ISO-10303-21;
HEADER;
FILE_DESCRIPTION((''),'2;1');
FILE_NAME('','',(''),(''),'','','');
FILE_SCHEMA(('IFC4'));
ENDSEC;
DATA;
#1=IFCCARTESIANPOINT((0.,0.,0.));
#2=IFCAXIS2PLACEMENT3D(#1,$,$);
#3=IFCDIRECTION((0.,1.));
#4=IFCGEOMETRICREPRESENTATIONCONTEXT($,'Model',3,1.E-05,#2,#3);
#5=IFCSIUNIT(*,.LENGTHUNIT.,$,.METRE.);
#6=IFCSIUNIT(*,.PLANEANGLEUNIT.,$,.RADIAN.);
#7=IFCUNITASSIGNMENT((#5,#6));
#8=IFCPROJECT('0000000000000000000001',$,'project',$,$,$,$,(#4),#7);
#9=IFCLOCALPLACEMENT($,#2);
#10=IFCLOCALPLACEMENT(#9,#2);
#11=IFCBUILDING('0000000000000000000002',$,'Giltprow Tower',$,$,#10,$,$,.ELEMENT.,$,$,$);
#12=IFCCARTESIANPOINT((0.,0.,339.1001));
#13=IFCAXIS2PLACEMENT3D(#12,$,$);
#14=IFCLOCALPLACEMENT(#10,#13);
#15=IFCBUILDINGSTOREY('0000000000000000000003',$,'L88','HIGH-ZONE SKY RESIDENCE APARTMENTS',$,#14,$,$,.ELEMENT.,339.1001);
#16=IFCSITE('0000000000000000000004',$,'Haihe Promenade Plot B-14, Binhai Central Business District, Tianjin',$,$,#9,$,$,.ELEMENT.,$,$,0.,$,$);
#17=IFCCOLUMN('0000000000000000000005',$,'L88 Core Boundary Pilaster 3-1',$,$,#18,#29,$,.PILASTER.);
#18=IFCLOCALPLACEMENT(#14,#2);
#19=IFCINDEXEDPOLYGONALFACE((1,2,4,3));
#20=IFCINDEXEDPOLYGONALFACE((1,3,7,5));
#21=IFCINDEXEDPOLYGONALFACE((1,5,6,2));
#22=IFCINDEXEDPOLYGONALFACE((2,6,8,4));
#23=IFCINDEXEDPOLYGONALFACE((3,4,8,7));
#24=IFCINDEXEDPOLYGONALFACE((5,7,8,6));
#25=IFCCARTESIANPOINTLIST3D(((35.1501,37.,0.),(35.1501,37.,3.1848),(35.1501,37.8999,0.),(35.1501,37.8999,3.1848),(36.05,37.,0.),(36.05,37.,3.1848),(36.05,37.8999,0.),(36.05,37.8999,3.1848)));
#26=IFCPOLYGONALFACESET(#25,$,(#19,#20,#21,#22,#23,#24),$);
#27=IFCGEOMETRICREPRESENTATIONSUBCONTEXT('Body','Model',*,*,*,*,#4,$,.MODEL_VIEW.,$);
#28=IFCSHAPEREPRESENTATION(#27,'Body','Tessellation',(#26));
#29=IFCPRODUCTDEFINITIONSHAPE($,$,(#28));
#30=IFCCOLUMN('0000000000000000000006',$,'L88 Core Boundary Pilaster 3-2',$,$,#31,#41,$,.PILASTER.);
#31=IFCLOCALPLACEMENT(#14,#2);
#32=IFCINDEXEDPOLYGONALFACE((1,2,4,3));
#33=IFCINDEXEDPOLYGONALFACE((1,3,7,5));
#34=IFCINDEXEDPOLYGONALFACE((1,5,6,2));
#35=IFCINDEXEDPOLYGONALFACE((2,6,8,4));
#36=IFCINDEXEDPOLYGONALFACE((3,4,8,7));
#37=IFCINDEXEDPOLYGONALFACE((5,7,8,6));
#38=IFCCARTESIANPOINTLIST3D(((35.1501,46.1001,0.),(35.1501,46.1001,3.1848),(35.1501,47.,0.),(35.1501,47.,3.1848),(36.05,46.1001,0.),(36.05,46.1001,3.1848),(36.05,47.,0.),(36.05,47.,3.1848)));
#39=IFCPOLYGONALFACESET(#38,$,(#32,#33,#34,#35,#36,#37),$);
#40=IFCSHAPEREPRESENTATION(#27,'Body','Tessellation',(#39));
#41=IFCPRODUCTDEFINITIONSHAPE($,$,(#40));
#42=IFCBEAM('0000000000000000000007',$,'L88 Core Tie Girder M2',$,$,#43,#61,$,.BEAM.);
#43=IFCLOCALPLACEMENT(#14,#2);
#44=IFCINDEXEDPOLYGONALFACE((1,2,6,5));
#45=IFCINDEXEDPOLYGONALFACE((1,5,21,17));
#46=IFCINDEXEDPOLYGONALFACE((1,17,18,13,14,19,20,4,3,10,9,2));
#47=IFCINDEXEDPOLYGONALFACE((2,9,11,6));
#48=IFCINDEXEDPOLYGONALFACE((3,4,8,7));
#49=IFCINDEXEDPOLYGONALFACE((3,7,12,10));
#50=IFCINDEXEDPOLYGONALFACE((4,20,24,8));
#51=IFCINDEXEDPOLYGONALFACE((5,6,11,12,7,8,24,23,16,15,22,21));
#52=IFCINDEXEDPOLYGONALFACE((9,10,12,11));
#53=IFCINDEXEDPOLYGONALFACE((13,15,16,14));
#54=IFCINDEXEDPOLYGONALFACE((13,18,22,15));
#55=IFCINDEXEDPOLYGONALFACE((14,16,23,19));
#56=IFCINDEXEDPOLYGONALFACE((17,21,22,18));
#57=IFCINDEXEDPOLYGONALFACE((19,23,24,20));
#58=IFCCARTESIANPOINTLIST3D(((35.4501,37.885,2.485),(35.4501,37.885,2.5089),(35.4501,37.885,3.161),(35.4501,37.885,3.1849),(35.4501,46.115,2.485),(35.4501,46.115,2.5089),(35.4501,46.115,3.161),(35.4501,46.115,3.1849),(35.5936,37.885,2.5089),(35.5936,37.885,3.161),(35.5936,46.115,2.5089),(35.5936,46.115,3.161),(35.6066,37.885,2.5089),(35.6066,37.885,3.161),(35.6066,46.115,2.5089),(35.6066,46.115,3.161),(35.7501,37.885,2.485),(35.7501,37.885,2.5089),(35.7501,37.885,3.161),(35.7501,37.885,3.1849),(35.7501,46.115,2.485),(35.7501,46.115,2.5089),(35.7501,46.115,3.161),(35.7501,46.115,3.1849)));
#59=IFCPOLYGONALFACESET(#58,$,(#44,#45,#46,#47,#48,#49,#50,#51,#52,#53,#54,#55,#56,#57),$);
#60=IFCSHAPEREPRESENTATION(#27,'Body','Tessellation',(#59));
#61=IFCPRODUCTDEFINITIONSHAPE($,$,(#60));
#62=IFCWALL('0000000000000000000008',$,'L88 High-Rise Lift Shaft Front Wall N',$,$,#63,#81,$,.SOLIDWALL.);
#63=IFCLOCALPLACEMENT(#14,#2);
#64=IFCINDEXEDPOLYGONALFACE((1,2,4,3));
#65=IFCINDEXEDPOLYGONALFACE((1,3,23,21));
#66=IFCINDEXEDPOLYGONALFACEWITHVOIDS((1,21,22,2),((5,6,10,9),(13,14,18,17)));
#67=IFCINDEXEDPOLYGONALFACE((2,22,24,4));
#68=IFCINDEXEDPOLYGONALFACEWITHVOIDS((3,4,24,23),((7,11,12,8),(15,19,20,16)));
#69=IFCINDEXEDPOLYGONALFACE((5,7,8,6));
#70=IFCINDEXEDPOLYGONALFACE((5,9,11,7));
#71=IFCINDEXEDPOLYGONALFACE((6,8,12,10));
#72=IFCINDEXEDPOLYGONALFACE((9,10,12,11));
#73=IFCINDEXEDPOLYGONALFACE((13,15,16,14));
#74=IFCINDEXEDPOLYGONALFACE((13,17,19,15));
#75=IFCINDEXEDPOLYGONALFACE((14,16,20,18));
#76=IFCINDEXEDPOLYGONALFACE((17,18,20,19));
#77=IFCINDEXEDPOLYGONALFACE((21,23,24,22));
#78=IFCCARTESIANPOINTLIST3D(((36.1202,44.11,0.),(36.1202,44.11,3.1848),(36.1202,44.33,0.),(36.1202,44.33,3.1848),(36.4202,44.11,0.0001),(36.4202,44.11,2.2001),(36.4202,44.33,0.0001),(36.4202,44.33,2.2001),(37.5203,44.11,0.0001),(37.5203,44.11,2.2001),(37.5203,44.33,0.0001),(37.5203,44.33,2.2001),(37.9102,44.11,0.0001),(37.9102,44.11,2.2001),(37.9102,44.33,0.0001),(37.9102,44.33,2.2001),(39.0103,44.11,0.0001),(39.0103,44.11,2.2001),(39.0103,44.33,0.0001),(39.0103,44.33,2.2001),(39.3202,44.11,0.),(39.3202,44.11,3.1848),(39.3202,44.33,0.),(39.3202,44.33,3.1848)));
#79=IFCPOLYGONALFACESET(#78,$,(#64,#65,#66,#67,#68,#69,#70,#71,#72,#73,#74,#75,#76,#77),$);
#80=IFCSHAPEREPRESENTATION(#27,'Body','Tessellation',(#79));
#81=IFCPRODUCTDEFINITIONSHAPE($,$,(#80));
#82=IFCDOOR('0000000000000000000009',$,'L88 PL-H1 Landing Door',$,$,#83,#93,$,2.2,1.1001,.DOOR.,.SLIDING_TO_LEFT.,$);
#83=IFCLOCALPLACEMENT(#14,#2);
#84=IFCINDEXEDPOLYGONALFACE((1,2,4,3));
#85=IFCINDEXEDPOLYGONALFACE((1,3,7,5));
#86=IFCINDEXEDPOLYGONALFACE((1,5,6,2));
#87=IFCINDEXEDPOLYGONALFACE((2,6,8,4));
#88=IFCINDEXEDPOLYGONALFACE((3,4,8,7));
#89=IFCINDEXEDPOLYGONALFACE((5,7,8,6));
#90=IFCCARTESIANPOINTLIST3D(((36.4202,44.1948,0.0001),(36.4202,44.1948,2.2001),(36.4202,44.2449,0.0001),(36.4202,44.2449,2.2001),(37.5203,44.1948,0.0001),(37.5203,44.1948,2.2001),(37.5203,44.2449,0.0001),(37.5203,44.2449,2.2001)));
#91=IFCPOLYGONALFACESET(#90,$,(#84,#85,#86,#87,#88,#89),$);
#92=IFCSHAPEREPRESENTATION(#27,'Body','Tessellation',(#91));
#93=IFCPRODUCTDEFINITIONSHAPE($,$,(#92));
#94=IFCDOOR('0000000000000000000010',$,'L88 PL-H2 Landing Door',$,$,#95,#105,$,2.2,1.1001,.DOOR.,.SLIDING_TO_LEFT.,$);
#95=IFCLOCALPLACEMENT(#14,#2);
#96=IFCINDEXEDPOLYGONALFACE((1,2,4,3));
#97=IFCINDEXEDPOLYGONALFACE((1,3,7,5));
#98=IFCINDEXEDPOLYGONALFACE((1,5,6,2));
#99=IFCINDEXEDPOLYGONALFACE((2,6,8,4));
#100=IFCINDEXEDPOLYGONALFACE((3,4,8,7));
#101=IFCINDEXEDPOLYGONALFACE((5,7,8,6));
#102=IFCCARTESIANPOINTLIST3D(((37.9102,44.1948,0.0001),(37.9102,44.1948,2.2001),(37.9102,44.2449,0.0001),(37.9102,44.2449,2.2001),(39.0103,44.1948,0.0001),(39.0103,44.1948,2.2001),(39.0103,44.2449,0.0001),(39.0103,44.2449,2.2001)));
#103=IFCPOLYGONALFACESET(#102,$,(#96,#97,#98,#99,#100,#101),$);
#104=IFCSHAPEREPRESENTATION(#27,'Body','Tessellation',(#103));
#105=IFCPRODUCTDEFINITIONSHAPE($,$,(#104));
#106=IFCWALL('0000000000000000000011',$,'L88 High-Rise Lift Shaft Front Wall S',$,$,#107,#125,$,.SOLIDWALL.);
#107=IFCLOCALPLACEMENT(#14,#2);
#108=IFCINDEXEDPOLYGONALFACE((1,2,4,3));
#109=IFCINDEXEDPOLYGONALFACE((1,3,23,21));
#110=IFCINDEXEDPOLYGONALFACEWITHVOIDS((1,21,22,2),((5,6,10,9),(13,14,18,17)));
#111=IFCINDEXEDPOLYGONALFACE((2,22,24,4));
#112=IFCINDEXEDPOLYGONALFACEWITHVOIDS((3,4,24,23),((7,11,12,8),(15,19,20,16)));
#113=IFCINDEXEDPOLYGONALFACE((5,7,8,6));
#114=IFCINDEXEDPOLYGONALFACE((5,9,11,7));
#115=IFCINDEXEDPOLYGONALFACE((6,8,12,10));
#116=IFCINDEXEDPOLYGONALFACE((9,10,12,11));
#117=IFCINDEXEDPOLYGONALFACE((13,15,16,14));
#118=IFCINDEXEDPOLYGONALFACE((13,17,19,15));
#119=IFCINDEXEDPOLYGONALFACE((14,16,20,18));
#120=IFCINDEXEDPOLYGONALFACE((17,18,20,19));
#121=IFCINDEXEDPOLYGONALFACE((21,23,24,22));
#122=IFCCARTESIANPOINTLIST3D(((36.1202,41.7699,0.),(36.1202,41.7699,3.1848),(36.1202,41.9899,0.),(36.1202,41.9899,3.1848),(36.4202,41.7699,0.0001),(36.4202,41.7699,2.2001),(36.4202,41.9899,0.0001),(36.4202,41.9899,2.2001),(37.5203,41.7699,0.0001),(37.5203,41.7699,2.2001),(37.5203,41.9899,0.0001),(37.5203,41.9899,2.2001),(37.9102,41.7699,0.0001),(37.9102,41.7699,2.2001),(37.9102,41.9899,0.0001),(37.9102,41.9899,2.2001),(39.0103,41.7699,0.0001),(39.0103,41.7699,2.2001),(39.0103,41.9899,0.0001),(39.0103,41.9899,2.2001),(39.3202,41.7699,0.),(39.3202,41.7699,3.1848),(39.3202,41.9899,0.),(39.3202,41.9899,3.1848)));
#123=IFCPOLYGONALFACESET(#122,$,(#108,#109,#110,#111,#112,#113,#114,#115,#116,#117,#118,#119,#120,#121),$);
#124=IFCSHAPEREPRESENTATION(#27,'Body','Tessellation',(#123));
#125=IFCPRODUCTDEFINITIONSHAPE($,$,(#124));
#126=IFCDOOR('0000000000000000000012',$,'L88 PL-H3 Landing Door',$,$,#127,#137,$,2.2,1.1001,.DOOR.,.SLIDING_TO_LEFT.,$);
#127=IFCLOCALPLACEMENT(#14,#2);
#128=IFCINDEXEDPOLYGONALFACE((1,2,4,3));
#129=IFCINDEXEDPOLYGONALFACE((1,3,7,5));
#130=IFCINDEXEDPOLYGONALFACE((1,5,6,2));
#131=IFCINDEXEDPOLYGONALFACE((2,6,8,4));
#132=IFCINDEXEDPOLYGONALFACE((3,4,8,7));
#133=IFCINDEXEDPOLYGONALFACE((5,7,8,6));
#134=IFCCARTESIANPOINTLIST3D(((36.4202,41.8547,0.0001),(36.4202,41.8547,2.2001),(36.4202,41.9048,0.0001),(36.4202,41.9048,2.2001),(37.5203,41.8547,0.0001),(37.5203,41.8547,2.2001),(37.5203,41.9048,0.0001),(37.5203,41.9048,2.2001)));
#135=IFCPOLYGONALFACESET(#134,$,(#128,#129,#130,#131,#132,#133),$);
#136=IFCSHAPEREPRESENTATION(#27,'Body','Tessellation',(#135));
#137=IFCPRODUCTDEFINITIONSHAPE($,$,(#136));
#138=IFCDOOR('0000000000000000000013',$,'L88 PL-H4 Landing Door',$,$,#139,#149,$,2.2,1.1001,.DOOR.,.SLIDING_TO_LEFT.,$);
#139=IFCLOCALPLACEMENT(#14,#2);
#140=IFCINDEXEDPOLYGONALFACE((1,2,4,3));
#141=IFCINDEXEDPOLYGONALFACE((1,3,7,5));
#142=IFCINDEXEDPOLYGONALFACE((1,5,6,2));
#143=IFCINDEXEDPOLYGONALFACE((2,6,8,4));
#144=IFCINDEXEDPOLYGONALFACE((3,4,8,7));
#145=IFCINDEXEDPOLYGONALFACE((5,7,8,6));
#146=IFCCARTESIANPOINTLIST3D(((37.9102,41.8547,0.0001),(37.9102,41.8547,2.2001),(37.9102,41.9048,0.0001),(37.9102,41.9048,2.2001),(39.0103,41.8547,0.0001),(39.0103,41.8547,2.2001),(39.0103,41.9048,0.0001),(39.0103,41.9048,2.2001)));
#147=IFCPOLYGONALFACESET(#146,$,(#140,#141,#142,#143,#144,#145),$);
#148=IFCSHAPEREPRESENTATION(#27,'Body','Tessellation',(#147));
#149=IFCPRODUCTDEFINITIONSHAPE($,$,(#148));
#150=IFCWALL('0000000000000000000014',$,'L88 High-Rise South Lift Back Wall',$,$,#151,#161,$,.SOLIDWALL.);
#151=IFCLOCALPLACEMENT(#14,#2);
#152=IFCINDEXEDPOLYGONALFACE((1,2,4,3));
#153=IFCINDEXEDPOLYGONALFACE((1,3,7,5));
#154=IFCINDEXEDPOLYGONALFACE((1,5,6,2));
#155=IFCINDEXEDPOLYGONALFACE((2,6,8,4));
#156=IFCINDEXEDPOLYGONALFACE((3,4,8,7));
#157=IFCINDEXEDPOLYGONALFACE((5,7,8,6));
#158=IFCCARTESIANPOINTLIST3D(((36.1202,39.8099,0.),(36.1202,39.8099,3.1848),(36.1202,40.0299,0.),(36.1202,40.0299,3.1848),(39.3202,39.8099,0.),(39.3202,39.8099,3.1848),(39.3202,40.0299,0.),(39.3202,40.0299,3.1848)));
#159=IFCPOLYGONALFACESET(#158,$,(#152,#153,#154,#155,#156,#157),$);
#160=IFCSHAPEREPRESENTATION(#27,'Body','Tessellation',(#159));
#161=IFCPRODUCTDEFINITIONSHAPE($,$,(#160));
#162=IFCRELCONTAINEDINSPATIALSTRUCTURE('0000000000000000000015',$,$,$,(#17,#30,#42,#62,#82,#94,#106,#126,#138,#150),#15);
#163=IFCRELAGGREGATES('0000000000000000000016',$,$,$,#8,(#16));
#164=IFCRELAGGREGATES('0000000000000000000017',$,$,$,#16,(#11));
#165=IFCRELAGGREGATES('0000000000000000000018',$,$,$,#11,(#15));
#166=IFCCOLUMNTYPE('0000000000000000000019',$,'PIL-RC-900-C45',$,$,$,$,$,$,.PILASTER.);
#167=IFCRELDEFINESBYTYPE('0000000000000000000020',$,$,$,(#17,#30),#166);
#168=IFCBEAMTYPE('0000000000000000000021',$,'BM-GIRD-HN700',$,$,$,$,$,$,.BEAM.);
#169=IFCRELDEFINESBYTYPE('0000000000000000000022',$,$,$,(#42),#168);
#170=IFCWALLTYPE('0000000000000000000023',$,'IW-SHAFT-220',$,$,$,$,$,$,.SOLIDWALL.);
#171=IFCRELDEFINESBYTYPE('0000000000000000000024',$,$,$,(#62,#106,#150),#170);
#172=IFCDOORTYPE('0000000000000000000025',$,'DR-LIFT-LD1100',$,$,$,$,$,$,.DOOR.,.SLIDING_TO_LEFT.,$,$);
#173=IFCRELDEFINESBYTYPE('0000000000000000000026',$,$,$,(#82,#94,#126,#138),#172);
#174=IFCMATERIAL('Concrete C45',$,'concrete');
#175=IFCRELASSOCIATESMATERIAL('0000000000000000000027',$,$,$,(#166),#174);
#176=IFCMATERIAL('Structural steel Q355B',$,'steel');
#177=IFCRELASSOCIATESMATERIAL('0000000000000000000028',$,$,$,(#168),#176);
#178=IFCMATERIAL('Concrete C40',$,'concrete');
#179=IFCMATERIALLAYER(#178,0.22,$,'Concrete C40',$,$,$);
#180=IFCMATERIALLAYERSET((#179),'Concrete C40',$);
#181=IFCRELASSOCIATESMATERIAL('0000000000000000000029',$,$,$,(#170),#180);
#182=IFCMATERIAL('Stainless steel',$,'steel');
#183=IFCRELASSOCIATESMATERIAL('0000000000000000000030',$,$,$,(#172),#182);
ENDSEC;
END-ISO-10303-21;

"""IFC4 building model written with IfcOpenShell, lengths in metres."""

from ifc_helpers import new_model, si_unit, direction, frame, frame_2d, origin, origin_2d, place, context, subcontext, project, spatial, rectangle, i_section, extrude, source, transform, mapped, material, layer, layer_set, material_profile, profile_set, type_object, element, fill, save


model = new_model("IFC4")

# Units and contexts
model_context = context("Model", 3, precision=1e-05, world=origin(), true_north=direction((0.0, 1.0)))
body_context = subcontext(model_context, "Body", "Model", "MODEL_VIEW")
ifc_project = project(units=[si_unit("LENGTHUNIT", "METRE"), si_unit("PLANEANGLEUNIT", "RADIAN")], contexts=[model_context])

# Site, building, storey
site_placement = place(None, origin())
site = spatial("IfcSite", under=ifc_project, at=site_placement, Name="Haihe Promenade Plot B-14, Binhai Central Business District, Tianjin", CompositionType="ELEMENT", RefElevation=0.0)
building_placement = place(site_placement, origin())
building = spatial("IfcBuilding", under=site, at=building_placement, Name="Giltprow Tower", CompositionType="ELEMENT")
storey_placement = place(building_placement, frame((0.0, 0.0, 339.1001)))
storey = spatial("IfcBuildingStorey", under=building, at=storey_placement, Name="L88", Description="HIGH-ZONE SKY RESIDENCE APARTMENTS", CompositionType="ELEMENT", Elevation=339.1001)

# Columns
ifc_material_1 = material(Name="Concrete C45", Category="concrete")
ifc_material_profile_1 = material_profile(ifc_material_1, rectangle(XDim=0.8999, YDim=0.8999, at=origin_2d()), Name="RC 900x900")
ifc_profile_set_1 = profile_set([ifc_material_profile_1], Name="Concrete C45")
column_type = type_object("IfcColumnType", Name="PIL-RC-900-C45", PredefinedType="PILASTER", material=ifc_profile_set_1)
shared_shape_1 = source(origin(), body_context, "Body", "SweptSolid", [
    extrude(rectangle(XDim=0.8999, YDim=0.8999, at=origin_2d()), origin(), (0.0, 0.0, 1.0), 3.1848),
])
for number, where, z_axis, x_axis, name in (
    (1, (35.6001, 37.45, 0.0), (0.0, 0.0, 1.0), (1.0, 0.0, 0.0), "L88 Core Boundary Pilaster 3-1"),
    (2, (35.6001, 46.55, 0.0), (0.0, 0.0, 1.0), (1.0, 0.0, 0.0), "L88 Core Boundary Pilaster 3-2"),
):
    element("IfcColumn", number, at=place(storey_placement, frame(where, z_axis=z_axis, x_axis=x_axis)), inside=storey, type_object=column_type, Name=name, PredefinedType="PILASTER", context=body_context, shape_type="MappedRepresentation", body=[
        mapped(shared_shape_1, transform((0.0, 0.0, 0.0), x_axis=(1.0, 0.0, 0.0), y_axis=(0.0, 1.0, 0.0), z_axis=(0.0, 0.0, 1.0), scale=1.0)),
    ])

# Beam
ifc_material_2 = material(Name="Structural steel Q355B", Category="steel")
ifc_material_profile_2 = material_profile(ifc_material_2, i_section(OverallWidth=0.3, OverallDepth=0.7, WebThickness=0.0129, FlangeThickness=0.0239, at=origin_2d()), Name="HN 700x300x13x24")
ifc_profile_set_2 = profile_set([ifc_material_profile_2], Name="Structural steel Q355B")
beam_type = type_object("IfcBeamType", Name="BM-GIRD-HN700", PredefinedType="BEAM", material=ifc_profile_set_2)
shared_shape_2 = source(origin(), body_context, "Body", "SweptSolid", [
    extrude(i_section(OverallWidth=0.3, OverallDepth=0.7, WebThickness=0.0129, FlangeThickness=0.0239, at=origin_2d()), origin(), (0.0, 0.0, 1.0), 8.23),
])
beam_placement = place(storey_placement, frame((35.6001, 37.885, 2.835), z_axis=(0.0, 1.0, 0.0), x_axis=(-1.0, 0.0, 0.0)))
element("IfcBeam", 3, at=beam_placement, inside=storey, type_object=beam_type, Name="L88 Core Tie Girder M2", PredefinedType="BEAM", context=body_context, shape_type="MappedRepresentation", body=[
    mapped(shared_shape_2, transform((0.0, 0.0, 0.0), x_axis=(1.0, 0.0, 0.0), y_axis=(0.0, 1.0, 0.0), z_axis=(0.0, 0.0, 1.0), scale=1.0)),
])

# Walls, openings, doors
ifc_material_3 = material(Name="Concrete C40", Category="concrete")
ifc_layer_1 = layer(ifc_material_3, 0.22, Name="Concrete C40")
ifc_layer_set_1 = layer_set([ifc_layer_1], Name="Concrete C40")
wall_type_1 = type_object("IfcWallType", Name="IW-SHAFT-220", PredefinedType="SOLIDWALL", material=ifc_layer_set_1)
wall_1_placement = place(storey_placement, frame((36.1201, 44.22, 0.0), z_axis=(0.0, 0.0, 1.0), x_axis=(1.0, 0.0, 0.0)))
wall_1 = element("IfcWall", 4, at=wall_1_placement, inside=storey, type_object=wall_type_1, Name="L88 High-Rise Lift Shaft Front Wall N", PredefinedType="SOLIDWALL", context=body_context, shape_type="SweptSolid", body=[
    extrude(rectangle(XDim=3.2, YDim=0.22, at=frame_2d((1.6001, 0.0))), origin(), (0.0, 0.0, 1.0), 3.1848),
])
opening_1_placement = place(wall_1_placement, frame((0.3, 0.0, 0.0)))
opening_1 = element("IfcOpeningElement", 5, at=opening_1_placement, cuts=wall_1, PredefinedType="OPENING", context=body_context, shape_type="SweptSolid", body=[
    extrude(rectangle(XDim=1.1001, YDim=2.2, at=frame_2d((0.55, 1.1001))), frame((0.0, 0.1199, 0.0), z_axis=(0.0, -1.0, 0.0), x_axis=(1.0, 0.0, 0.0)), (0.0, 0.0, 1.0), 0.24),
])
opening_2_placement = place(wall_1_placement, frame((1.79, 0.0, 0.0)))
opening_2 = element("IfcOpeningElement", 6, at=opening_2_placement, cuts=wall_1, PredefinedType="OPENING", context=body_context, shape_type="SweptSolid", body=[
    extrude(rectangle(XDim=1.1001, YDim=2.2, at=frame_2d((0.55, 1.1001))), frame((0.0, 0.1199, 0.0), z_axis=(0.0, -1.0, 0.0), x_axis=(1.0, 0.0, 0.0)), (0.0, 0.0, 1.0), 0.24),
])
ifc_material_4 = material(Name="Stainless steel", Category="steel")
door_type_1 = type_object("IfcDoorType", Name="DR-LIFT-LD1100", OperationType="SLIDING_TO_LEFT", PredefinedType="DOOR", material=ifc_material_4)
shared_shape_3 = source(origin(), body_context, "Body", "SweptSolid", [
    extrude(rectangle(XDim=1.1001, YDim=2.2, at=frame_2d((0.55, 1.1001))), frame((0.0, 0.0249, 0.0), z_axis=(0.0, -1.0, 0.0), x_axis=(1.0, 0.0, 0.0)), (0.0, 0.0, 1.0), 0.05),
])
door_1_placement = place(opening_1_placement, origin())
door_1 = element("IfcDoor", 7, at=door_1_placement, inside=storey, type_object=door_type_1, Name="L88 PL-H1 Landing Door", OperationType="SLIDING_TO_LEFT", OverallHeight=2.2, OverallWidth=1.1001, PredefinedType="DOOR", context=body_context, shape_type="MappedRepresentation", body=[
    mapped(shared_shape_3, transform((0.0, 0.0, 0.0), x_axis=(1.0, 0.0, 0.0), y_axis=(0.0, 1.0, 0.0), z_axis=(0.0, 0.0, 1.0), scale=1.0)),
])
fill(opening_1, door_1)
door_2_placement = place(opening_2_placement, origin())
door_2 = element("IfcDoor", 8, at=door_2_placement, inside=storey, type_object=door_type_1, Name="L88 PL-H2 Landing Door", OperationType="SLIDING_TO_LEFT", OverallHeight=2.2, OverallWidth=1.1001, PredefinedType="DOOR", context=body_context, shape_type="MappedRepresentation", body=[
    mapped(shared_shape_3, transform((0.0, 0.0, 0.0), x_axis=(1.0, 0.0, 0.0), y_axis=(0.0, 1.0, 0.0), z_axis=(0.0, 0.0, 1.0), scale=1.0)),
])
fill(opening_2, door_2)
wall_2_placement = place(storey_placement, frame((36.1201, 41.8799, 0.0), z_axis=(0.0, 0.0, 1.0), x_axis=(1.0, 0.0, 0.0)))
wall_2 = element("IfcWall", 9, at=wall_2_placement, inside=storey, type_object=wall_type_1, Name="L88 High-Rise Lift Shaft Front Wall S", PredefinedType="SOLIDWALL", context=body_context, shape_type="SweptSolid", body=[
    extrude(rectangle(XDim=3.2, YDim=0.22, at=frame_2d((1.6001, 0.0))), origin(), (0.0, 0.0, 1.0), 3.1848),
])
opening_3_placement = place(wall_2_placement, frame((0.3, 0.0, 0.0)))
opening_3 = element("IfcOpeningElement", 10, at=opening_3_placement, cuts=wall_2, PredefinedType="OPENING", context=body_context, shape_type="SweptSolid", body=[
    extrude(rectangle(XDim=1.1001, YDim=2.2, at=frame_2d((0.55, 1.1001))), frame((0.0, 0.1199, 0.0), z_axis=(0.0, -1.0, 0.0), x_axis=(1.0, 0.0, 0.0)), (0.0, 0.0, 1.0), 0.24),
])
opening_4_placement = place(wall_2_placement, frame((1.79, 0.0, 0.0)))
opening_4 = element("IfcOpeningElement", 11, at=opening_4_placement, cuts=wall_2, PredefinedType="OPENING", context=body_context, shape_type="SweptSolid", body=[
    extrude(rectangle(XDim=1.1001, YDim=2.2, at=frame_2d((0.55, 1.1001))), frame((0.0, 0.1199, 0.0), z_axis=(0.0, -1.0, 0.0), x_axis=(1.0, 0.0, 0.0)), (0.0, 0.0, 1.0), 0.24),
])
door_3_placement = place(opening_3_placement, origin())
door_3 = element("IfcDoor", 12, at=door_3_placement, inside=storey, type_object=door_type_1, Name="L88 PL-H3 Landing Door", OperationType="SLIDING_TO_LEFT", OverallHeight=2.2, OverallWidth=1.1001, PredefinedType="DOOR", context=body_context, shape_type="MappedRepresentation", body=[
    mapped(shared_shape_3, transform((0.0, 0.0, 0.0), x_axis=(1.0, 0.0, 0.0), y_axis=(0.0, 1.0, 0.0), z_axis=(0.0, 0.0, 1.0), scale=1.0)),
])
fill(opening_3, door_3)
door_4_placement = place(opening_4_placement, origin())
door_4 = element("IfcDoor", 13, at=door_4_placement, inside=storey, type_object=door_type_1, Name="L88 PL-H4 Landing Door", OperationType="SLIDING_TO_LEFT", OverallHeight=2.2, OverallWidth=1.1001, PredefinedType="DOOR", context=body_context, shape_type="MappedRepresentation", body=[
    mapped(shared_shape_3, transform((0.0, 0.0, 0.0), x_axis=(1.0, 0.0, 0.0), y_axis=(0.0, 1.0, 0.0), z_axis=(0.0, 0.0, 1.0), scale=1.0)),
])
fill(opening_4, door_4)

# Wall
wall_3_placement = place(storey_placement, frame((36.1201, 39.9199, 0.0), z_axis=(0.0, 0.0, 1.0), x_axis=(1.0, 0.0, 0.0)))
element("IfcWall", 14, at=wall_3_placement, inside=storey, type_object=wall_type_1, Name="L88 High-Rise South Lift Back Wall", PredefinedType="SOLIDWALL", context=body_context, shape_type="SweptSolid", body=[
    extrude(rectangle(XDim=3.2, YDim=0.22, at=frame_2d((1.6001, 0.0))), origin(), (0.0, 0.0, 1.0), 3.1848),
])

save(model, "model.ifc")
